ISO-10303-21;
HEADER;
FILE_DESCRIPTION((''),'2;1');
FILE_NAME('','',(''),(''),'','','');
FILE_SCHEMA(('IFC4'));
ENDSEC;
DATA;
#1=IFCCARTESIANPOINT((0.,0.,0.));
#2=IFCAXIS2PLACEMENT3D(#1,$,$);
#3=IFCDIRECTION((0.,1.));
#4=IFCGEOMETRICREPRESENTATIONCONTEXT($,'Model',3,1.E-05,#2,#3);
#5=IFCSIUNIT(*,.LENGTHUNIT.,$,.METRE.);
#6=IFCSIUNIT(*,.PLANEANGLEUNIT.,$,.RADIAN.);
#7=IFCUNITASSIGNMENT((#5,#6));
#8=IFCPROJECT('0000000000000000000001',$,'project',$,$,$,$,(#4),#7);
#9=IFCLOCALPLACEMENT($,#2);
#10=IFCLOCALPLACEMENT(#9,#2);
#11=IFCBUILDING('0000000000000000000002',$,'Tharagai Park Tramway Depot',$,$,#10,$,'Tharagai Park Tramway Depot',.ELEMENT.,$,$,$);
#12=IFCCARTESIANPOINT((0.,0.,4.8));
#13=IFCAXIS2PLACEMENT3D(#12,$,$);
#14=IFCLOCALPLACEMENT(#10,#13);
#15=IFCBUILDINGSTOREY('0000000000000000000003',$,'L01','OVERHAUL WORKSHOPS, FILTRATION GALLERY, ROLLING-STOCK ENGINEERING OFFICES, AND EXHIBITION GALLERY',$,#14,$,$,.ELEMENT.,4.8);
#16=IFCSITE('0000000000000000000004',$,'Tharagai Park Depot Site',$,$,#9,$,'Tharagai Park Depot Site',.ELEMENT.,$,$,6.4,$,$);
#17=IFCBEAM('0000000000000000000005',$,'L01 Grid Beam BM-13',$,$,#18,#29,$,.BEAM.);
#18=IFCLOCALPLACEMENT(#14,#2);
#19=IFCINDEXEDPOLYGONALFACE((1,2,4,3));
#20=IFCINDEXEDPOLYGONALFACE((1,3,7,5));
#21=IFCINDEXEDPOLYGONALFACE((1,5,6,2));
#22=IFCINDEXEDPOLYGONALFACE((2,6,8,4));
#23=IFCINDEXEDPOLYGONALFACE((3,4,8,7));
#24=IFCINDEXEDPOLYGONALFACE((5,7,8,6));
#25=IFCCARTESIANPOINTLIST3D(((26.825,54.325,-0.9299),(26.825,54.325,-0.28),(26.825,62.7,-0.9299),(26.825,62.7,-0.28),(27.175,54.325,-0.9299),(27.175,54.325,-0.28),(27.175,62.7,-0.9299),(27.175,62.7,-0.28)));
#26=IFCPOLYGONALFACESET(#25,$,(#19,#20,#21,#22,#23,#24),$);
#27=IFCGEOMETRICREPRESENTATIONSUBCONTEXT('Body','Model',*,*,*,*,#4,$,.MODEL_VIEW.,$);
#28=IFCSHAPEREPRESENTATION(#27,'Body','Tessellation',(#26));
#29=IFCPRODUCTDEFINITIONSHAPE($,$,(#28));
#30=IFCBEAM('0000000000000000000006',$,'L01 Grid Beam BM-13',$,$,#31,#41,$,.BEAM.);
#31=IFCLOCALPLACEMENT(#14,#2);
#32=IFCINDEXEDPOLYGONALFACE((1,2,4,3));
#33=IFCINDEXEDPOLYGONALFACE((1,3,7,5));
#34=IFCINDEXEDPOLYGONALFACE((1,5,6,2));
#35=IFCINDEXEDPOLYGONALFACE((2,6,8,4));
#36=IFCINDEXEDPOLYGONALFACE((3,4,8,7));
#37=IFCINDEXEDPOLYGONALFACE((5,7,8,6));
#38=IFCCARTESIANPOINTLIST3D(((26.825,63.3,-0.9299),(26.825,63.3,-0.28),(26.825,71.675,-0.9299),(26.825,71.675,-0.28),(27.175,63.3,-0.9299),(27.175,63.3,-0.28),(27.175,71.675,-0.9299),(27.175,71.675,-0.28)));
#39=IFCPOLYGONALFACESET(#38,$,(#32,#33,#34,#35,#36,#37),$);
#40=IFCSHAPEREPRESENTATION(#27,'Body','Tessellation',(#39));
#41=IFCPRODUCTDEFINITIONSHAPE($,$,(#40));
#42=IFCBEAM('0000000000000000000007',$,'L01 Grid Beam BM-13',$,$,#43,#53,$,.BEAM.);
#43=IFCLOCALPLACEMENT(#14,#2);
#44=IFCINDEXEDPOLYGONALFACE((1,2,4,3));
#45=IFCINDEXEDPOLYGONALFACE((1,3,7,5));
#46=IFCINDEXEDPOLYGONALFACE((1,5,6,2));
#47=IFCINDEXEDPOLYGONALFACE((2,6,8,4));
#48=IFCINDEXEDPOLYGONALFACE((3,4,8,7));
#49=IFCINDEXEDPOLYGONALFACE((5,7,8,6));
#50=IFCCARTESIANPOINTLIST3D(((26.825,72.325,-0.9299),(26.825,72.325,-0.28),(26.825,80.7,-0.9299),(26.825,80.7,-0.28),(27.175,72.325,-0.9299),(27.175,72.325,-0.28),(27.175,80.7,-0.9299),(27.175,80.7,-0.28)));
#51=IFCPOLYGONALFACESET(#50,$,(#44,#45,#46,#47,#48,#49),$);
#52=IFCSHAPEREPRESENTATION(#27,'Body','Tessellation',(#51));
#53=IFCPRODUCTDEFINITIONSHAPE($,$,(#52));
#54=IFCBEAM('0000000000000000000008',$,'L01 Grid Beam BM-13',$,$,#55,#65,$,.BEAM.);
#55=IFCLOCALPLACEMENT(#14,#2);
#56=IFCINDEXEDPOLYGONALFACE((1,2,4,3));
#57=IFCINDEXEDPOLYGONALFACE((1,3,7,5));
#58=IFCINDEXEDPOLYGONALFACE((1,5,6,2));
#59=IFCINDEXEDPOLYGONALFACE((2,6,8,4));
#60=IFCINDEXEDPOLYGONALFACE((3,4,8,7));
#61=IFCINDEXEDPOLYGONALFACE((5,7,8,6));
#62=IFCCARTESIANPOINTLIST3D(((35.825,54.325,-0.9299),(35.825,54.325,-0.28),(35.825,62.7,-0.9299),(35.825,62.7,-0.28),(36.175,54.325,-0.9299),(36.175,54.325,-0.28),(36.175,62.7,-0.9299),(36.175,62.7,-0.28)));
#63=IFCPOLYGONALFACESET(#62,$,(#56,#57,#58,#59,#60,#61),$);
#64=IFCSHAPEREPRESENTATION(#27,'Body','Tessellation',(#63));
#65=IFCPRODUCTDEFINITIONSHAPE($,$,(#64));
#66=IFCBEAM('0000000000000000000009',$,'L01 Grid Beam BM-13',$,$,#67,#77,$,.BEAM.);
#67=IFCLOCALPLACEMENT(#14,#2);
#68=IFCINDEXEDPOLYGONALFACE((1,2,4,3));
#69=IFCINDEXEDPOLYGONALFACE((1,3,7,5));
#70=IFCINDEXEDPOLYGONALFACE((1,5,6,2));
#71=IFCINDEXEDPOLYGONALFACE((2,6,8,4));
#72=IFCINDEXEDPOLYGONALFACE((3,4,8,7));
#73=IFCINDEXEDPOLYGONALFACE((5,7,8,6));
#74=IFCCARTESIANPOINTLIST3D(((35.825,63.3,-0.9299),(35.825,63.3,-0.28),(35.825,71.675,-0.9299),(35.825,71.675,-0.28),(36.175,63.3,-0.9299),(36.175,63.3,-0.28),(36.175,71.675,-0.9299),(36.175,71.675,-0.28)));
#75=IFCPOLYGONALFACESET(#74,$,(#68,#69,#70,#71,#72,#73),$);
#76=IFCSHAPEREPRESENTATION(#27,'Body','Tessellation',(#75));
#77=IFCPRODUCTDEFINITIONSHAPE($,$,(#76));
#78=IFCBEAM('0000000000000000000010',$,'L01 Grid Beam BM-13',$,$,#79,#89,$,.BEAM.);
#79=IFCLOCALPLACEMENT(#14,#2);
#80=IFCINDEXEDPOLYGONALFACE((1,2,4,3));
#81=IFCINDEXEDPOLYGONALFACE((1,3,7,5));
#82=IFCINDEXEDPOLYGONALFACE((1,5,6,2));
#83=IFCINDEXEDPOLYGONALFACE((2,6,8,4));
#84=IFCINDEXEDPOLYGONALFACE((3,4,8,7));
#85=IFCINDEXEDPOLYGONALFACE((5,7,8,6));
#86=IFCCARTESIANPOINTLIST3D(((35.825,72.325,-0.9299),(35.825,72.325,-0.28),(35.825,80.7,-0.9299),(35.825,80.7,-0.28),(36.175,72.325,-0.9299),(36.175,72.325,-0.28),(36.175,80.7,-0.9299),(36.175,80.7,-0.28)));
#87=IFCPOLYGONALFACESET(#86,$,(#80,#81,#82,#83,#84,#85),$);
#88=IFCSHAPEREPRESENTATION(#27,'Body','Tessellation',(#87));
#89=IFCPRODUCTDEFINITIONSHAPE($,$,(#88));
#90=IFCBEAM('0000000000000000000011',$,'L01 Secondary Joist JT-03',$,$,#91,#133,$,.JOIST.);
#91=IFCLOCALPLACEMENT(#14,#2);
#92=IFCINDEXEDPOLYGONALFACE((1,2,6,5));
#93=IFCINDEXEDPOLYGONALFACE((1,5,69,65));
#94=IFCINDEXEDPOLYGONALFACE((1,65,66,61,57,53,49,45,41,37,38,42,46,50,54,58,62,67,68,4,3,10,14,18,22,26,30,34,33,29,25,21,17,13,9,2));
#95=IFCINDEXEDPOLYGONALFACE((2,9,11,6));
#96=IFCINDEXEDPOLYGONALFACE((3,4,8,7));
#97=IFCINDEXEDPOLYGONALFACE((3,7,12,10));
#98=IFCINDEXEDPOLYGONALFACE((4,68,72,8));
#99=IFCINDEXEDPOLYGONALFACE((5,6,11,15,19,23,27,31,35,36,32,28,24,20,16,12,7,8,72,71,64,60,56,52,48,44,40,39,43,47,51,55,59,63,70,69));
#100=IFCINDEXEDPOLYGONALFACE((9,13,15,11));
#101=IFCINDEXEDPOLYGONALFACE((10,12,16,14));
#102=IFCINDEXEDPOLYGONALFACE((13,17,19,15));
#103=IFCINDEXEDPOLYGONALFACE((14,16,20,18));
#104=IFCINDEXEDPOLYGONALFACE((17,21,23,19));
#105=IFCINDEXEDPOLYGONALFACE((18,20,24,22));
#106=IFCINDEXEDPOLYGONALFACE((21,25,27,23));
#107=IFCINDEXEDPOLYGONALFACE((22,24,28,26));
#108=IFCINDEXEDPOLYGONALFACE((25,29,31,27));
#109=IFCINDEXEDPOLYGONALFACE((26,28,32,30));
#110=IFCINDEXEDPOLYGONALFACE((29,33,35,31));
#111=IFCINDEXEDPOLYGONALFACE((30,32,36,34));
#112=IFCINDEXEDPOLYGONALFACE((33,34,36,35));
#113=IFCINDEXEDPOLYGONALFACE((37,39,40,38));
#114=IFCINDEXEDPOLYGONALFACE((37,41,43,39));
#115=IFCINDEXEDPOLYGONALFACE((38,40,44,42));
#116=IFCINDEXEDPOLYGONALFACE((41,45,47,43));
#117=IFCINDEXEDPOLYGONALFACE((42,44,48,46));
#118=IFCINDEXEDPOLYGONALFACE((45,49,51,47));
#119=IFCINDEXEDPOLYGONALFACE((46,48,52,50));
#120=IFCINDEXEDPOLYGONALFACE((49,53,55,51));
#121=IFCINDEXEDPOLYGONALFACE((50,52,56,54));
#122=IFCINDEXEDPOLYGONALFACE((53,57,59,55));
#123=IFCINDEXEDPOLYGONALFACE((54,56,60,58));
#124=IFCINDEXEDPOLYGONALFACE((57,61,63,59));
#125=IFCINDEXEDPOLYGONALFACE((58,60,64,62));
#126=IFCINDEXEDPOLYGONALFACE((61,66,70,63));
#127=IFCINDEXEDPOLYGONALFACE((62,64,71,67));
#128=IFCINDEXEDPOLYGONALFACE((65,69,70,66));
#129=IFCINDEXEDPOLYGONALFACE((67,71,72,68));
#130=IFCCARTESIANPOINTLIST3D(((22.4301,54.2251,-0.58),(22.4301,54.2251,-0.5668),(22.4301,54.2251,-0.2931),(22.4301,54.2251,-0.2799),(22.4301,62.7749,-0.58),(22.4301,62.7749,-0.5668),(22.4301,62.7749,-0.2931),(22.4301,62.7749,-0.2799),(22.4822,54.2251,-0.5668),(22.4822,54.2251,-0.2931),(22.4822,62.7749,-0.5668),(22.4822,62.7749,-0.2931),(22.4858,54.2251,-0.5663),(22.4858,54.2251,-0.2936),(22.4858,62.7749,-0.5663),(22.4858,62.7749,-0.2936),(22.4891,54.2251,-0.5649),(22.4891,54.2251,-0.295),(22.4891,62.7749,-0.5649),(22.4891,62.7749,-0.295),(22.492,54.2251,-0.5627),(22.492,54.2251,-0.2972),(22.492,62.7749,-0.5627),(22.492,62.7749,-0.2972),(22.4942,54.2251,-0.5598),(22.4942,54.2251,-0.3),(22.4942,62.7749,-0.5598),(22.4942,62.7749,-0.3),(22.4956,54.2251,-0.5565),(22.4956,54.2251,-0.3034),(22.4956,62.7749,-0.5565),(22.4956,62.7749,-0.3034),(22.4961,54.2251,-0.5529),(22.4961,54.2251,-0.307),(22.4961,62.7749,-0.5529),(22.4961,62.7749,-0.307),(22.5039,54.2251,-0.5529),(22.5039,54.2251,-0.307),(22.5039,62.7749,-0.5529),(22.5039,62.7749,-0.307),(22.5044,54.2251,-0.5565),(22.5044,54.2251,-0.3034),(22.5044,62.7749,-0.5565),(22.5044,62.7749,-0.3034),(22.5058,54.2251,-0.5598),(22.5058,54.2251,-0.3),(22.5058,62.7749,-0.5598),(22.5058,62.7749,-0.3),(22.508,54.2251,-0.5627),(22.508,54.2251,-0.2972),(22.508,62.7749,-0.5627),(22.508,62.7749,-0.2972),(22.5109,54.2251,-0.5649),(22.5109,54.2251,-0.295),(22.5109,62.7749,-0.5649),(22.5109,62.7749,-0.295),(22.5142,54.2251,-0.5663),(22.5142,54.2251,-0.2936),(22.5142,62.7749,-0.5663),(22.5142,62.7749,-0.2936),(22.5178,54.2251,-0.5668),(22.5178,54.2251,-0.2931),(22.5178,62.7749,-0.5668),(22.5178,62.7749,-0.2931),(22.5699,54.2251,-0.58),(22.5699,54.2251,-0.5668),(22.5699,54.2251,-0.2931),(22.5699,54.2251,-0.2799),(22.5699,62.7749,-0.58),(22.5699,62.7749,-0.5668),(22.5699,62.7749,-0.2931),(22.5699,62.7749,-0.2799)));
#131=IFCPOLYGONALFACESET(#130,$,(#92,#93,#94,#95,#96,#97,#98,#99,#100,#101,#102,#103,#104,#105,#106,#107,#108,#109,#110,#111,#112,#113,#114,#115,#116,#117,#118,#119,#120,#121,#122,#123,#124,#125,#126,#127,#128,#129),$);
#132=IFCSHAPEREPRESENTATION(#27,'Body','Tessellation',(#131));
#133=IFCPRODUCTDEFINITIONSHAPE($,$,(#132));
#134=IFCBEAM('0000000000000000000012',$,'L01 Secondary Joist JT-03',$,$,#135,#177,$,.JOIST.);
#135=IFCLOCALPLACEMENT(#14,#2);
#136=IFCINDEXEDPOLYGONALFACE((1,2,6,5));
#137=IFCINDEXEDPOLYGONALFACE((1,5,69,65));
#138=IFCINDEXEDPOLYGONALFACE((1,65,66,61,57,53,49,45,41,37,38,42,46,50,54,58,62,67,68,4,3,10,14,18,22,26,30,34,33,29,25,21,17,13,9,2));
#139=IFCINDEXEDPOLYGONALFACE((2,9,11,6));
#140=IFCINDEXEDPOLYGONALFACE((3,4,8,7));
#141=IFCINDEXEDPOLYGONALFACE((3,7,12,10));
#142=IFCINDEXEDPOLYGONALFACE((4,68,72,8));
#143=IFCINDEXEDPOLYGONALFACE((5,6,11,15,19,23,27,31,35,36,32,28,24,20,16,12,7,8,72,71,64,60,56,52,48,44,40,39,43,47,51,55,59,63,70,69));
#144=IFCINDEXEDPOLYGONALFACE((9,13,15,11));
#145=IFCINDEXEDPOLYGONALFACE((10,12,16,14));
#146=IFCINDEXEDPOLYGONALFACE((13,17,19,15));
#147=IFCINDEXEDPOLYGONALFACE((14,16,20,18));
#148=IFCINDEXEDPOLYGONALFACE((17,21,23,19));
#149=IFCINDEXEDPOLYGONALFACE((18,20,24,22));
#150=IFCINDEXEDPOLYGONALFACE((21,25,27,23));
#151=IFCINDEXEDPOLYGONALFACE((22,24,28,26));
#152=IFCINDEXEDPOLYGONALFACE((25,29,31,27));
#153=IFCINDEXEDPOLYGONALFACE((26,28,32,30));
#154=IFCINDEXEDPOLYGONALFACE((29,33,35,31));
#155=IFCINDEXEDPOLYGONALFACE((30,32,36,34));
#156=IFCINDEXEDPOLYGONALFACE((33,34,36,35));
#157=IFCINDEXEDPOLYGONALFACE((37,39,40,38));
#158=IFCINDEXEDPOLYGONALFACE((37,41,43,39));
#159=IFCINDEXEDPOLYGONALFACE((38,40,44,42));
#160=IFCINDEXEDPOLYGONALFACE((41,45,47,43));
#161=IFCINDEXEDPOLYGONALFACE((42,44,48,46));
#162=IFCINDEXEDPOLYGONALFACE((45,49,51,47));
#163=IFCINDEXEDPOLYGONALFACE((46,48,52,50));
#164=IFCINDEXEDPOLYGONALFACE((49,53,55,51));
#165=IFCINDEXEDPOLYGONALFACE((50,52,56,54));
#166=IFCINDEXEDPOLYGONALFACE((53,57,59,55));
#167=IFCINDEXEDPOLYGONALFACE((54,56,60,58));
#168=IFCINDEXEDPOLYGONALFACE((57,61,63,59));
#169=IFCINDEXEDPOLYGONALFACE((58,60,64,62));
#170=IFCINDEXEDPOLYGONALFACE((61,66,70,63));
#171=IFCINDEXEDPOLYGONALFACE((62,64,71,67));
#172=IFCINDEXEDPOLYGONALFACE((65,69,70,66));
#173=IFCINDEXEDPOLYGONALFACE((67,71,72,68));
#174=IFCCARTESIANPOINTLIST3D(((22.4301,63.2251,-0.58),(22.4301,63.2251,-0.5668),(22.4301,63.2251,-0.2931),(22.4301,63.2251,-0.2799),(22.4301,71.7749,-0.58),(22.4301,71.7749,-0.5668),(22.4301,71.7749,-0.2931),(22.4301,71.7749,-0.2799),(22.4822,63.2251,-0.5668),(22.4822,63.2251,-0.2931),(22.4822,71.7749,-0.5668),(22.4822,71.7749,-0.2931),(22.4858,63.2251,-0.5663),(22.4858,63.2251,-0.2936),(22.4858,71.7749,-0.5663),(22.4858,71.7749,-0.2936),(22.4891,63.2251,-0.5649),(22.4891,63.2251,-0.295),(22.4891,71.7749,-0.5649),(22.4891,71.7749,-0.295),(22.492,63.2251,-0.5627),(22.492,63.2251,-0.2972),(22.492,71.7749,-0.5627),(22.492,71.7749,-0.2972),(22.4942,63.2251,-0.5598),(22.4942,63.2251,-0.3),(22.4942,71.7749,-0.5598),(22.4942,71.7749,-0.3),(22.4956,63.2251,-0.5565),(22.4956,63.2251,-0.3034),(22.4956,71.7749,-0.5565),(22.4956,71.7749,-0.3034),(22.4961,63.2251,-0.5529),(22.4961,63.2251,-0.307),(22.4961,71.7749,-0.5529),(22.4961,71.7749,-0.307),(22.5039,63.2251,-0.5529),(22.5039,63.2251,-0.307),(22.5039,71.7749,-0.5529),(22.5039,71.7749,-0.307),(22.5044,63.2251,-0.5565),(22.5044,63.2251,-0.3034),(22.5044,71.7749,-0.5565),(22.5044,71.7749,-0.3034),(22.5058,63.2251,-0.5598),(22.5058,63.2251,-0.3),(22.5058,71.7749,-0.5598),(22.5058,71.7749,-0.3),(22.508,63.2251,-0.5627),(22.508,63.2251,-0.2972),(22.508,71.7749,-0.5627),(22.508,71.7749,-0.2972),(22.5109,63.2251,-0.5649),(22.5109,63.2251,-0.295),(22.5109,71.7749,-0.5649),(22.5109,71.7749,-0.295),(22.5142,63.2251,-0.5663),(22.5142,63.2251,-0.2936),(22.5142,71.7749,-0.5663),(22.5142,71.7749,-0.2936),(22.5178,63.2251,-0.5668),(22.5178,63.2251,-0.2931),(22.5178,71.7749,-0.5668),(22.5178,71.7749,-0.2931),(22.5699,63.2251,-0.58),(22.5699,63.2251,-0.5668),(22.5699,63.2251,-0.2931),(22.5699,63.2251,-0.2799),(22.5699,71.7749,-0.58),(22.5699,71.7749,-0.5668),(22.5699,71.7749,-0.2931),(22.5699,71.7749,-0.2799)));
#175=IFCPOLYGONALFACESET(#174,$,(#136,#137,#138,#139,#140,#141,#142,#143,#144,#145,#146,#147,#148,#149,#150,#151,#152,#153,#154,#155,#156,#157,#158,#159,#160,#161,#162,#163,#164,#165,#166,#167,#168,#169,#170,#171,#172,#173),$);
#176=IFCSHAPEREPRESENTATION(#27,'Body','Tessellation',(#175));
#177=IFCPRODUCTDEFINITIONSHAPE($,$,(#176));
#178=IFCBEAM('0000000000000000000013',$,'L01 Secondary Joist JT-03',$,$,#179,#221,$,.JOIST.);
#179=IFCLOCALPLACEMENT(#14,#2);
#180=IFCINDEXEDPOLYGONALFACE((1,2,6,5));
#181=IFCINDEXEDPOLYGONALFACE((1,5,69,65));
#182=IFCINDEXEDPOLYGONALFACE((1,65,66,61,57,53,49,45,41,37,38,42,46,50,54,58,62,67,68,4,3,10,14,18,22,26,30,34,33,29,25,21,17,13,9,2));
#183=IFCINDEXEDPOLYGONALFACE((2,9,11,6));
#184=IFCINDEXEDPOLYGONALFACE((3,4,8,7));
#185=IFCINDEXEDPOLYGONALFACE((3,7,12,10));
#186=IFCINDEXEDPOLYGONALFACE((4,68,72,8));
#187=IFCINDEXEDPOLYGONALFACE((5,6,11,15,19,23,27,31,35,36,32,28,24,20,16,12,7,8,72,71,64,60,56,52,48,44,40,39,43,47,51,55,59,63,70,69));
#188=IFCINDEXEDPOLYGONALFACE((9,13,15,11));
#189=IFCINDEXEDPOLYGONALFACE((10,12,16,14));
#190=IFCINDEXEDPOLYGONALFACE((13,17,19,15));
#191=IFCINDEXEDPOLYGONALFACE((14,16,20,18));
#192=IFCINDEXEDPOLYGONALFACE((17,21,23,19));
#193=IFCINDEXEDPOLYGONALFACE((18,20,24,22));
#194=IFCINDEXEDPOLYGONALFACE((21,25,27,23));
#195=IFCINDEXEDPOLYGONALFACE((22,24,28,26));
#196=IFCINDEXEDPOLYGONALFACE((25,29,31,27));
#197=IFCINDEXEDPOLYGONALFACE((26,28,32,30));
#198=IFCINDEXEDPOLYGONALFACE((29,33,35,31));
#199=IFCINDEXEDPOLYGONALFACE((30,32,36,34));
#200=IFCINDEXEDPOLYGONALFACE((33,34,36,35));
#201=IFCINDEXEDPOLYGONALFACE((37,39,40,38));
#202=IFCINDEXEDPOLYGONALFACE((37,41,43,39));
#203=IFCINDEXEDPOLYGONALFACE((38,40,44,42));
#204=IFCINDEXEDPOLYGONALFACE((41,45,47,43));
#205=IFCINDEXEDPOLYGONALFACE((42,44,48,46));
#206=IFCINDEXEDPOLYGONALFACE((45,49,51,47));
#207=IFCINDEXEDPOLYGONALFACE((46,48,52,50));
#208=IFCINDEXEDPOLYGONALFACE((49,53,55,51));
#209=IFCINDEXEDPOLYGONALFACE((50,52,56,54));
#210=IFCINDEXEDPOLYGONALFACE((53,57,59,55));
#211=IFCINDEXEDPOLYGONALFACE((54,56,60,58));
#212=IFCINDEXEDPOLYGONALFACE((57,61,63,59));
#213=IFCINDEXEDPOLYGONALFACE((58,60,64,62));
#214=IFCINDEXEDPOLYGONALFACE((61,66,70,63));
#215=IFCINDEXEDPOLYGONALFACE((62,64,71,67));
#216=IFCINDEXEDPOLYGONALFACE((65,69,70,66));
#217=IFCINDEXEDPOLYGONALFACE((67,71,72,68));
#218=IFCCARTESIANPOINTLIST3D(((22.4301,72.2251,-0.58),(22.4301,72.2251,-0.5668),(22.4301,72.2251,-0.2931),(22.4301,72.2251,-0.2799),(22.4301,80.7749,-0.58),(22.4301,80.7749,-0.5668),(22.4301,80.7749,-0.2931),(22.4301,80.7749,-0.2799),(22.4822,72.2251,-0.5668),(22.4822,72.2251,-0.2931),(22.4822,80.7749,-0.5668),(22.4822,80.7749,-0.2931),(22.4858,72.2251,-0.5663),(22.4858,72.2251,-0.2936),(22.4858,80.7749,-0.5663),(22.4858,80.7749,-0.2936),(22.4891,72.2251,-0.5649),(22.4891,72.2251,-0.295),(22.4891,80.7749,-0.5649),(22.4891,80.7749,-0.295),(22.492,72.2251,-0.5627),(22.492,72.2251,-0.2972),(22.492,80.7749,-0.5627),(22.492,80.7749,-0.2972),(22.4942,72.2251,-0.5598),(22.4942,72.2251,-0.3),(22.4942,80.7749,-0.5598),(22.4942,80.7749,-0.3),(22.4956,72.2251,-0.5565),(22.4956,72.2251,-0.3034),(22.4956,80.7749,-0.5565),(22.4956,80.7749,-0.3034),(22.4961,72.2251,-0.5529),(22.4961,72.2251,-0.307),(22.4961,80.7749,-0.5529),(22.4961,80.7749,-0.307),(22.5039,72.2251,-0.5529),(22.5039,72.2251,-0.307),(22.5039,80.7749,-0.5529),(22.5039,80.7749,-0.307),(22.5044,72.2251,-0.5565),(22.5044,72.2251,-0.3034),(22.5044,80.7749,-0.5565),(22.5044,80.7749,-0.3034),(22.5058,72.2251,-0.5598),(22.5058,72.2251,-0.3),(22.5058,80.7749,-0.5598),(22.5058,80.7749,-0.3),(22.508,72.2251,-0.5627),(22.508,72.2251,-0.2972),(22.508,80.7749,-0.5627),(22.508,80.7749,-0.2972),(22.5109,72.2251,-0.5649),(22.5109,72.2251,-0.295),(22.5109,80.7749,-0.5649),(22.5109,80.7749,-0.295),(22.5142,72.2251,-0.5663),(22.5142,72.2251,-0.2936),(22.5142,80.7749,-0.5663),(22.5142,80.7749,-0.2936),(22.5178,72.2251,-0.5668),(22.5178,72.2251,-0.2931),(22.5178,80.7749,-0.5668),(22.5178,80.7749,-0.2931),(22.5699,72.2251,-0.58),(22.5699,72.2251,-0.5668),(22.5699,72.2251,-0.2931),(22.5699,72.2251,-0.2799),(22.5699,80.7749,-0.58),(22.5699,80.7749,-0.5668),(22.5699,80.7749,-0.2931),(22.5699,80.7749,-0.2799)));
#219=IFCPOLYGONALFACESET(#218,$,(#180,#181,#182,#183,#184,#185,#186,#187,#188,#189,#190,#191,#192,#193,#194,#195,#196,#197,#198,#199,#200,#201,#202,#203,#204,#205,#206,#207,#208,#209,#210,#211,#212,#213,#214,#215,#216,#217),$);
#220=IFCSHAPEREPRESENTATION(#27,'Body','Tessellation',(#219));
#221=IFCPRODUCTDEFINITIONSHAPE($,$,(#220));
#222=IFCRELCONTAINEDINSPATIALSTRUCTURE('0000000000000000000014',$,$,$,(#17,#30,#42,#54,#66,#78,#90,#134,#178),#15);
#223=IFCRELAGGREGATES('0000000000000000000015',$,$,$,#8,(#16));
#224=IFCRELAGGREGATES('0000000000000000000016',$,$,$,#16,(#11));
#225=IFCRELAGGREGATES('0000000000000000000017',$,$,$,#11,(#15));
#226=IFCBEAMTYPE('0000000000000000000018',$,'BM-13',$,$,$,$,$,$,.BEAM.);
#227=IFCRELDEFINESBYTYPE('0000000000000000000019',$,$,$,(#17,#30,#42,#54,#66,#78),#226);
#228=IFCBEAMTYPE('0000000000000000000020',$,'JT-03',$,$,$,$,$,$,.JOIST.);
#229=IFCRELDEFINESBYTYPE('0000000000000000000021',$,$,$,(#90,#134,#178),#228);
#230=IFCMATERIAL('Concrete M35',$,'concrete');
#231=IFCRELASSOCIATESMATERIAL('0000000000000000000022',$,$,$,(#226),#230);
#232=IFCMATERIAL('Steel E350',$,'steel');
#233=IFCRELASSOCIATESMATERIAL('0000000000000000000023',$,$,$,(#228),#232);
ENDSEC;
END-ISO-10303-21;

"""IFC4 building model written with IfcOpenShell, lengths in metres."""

from ifc_helpers import new_model, si_unit, direction, frame, origin, origin_2d, place, context, subcontext, project, spatial, rectangle, i_section, extrude, material, material_profile, profile_set, type_object, element, save


model = new_model("IFC4")

# Units and contexts
model_context = context("Model", 3, precision=1e-05, world=origin(), true_north=direction((0.0, 1.0)))
body_context = subcontext(model_context, "Body", "Model", "MODEL_VIEW")
ifc_project = project(units=[si_unit("LENGTHUNIT", "METRE"), si_unit("PLANEANGLEUNIT", "RADIAN")], contexts=[model_context])

# Site, building, storey
site_placement = place(None, origin())
site = spatial("IfcSite", under=ifc_project, at=site_placement, Name="Tharagai Park Depot Site", LongName="Tharagai Park Depot Site", CompositionType="ELEMENT", RefElevation=6.4)
building_placement = place(site_placement, origin())
building = spatial("IfcBuilding", under=site, at=building_placement, Name="Tharagai Park Tramway Depot", LongName="Tharagai Park Tramway Depot", CompositionType="ELEMENT")
storey_placement = place(building_placement, frame((0.0, 0.0, 4.8)))
storey = spatial("IfcBuildingStorey", under=building, at=storey_placement, Name="L01", Description="OVERHAUL WORKSHOPS, FILTRATION GALLERY, ROLLING-STOCK ENGINEERING OFFICES, AND EXHIBITION GALLERY", CompositionType="ELEMENT", Elevation=4.8)

# Shared definitions
ifc_material_1 = material(Name="Steel E350", Category="steel")

# Beams
ifc_material_2 = material(Name="Concrete M35", Category="concrete")
ifc_material_profile_1 = material_profile(ifc_material_2, rectangle(XDim=0.3501, YDim=0.6499, at=origin_2d()), Name="RC 350x650")
ifc_profile_set_1 = profile_set([ifc_material_profile_1], Name="Concrete M35")
beam_type_1 = type_object("IfcBeamType", Name="BM-13", PredefinedType="BEAM", material=ifc_profile_set_1)
for number, where, z_axis, x_axis, name in (
    (1, (27.0, 54.325, -0.605), (0.0, 1.0, 0.0), (-1.0, 0.0, 0.0), "L01 Grid Beam BM-13"),
    (2, (27.0, 63.3, -0.605), (0.0, 1.0, 0.0), (-1.0, 0.0, 0.0), "L01 Grid Beam BM-13"),
    (3, (27.0, 72.325, -0.605), (0.0, 1.0, 0.0), (-1.0, 0.0, 0.0), "L01 Grid Beam BM-13"),
    (4, (36.0, 54.325, -0.605), (0.0, 1.0, 0.0), (-1.0, 0.0, 0.0), "L01 Grid Beam BM-13"),
    (5, (36.0, 63.3, -0.605), (0.0, 1.0, 0.0), (-1.0, 0.0, 0.0), "L01 Grid Beam BM-13"),
    (6, (36.0, 72.325, -0.605), (0.0, 1.0, 0.0), (-1.0, 0.0, 0.0), "L01 Grid Beam BM-13"),
):
    element("IfcBeam", number, at=place(storey_placement, frame(where, z_axis=z_axis, x_axis=x_axis)), inside=storey, type_object=beam_type_1, Name=name, PredefinedType="BEAM", context=body_context, shape_type="SweptSolid", body=[
        extrude(rectangle(XDim=0.3501, YDim=0.6499, at=origin_2d()), origin(), (0.0, 0.0, 1.0), 8.375),
    ])
ifc_material_profile_2 = material_profile(ifc_material_1, i_section(OverallWidth=0.1399, OverallDepth=0.3, WebThickness=0.0078, FlangeThickness=0.0132, FilletRadius=0.0139, at=origin_2d()), Name="ISMB 300")
ifc_profile_set_2 = profile_set([ifc_material_profile_2], Name="Steel E350")
beam_type_2 = type_object("IfcBeamType", Name="JT-03", PredefinedType="JOIST", material=ifc_profile_set_2)
for number, where, z_axis, x_axis, name in (
    (7, (22.5, 54.2251, -0.4299), (0.0, 1.0, 0.0), (-1.0, 0.0, 0.0), "L01 Secondary Joist JT-03"),
    (8, (22.5, 63.2251, -0.4299), (0.0, 1.0, 0.0), (-1.0, 0.0, 0.0), "L01 Secondary Joist JT-03"),
    (9, (22.5, 72.2251, -0.4299), (0.0, 1.0, 0.0), (-1.0, 0.0, 0.0), "L01 Secondary Joist JT-03"),
):
    element("IfcBeam", number, at=place(storey_placement, frame(where, z_axis=z_axis, x_axis=x_axis)), inside=storey, type_object=beam_type_2, Name=name, PredefinedType="JOIST", context=body_context, shape_type="SweptSolid", body=[
        extrude(i_section(OverallWidth=0.1399, OverallDepth=0.3, WebThickness=0.0078, FlangeThickness=0.0132, FilletRadius=0.0139, at=origin_2d()), origin(), (0.0, 0.0, 1.0), 8.5498),
    ])

save(model, "model.ifc")
